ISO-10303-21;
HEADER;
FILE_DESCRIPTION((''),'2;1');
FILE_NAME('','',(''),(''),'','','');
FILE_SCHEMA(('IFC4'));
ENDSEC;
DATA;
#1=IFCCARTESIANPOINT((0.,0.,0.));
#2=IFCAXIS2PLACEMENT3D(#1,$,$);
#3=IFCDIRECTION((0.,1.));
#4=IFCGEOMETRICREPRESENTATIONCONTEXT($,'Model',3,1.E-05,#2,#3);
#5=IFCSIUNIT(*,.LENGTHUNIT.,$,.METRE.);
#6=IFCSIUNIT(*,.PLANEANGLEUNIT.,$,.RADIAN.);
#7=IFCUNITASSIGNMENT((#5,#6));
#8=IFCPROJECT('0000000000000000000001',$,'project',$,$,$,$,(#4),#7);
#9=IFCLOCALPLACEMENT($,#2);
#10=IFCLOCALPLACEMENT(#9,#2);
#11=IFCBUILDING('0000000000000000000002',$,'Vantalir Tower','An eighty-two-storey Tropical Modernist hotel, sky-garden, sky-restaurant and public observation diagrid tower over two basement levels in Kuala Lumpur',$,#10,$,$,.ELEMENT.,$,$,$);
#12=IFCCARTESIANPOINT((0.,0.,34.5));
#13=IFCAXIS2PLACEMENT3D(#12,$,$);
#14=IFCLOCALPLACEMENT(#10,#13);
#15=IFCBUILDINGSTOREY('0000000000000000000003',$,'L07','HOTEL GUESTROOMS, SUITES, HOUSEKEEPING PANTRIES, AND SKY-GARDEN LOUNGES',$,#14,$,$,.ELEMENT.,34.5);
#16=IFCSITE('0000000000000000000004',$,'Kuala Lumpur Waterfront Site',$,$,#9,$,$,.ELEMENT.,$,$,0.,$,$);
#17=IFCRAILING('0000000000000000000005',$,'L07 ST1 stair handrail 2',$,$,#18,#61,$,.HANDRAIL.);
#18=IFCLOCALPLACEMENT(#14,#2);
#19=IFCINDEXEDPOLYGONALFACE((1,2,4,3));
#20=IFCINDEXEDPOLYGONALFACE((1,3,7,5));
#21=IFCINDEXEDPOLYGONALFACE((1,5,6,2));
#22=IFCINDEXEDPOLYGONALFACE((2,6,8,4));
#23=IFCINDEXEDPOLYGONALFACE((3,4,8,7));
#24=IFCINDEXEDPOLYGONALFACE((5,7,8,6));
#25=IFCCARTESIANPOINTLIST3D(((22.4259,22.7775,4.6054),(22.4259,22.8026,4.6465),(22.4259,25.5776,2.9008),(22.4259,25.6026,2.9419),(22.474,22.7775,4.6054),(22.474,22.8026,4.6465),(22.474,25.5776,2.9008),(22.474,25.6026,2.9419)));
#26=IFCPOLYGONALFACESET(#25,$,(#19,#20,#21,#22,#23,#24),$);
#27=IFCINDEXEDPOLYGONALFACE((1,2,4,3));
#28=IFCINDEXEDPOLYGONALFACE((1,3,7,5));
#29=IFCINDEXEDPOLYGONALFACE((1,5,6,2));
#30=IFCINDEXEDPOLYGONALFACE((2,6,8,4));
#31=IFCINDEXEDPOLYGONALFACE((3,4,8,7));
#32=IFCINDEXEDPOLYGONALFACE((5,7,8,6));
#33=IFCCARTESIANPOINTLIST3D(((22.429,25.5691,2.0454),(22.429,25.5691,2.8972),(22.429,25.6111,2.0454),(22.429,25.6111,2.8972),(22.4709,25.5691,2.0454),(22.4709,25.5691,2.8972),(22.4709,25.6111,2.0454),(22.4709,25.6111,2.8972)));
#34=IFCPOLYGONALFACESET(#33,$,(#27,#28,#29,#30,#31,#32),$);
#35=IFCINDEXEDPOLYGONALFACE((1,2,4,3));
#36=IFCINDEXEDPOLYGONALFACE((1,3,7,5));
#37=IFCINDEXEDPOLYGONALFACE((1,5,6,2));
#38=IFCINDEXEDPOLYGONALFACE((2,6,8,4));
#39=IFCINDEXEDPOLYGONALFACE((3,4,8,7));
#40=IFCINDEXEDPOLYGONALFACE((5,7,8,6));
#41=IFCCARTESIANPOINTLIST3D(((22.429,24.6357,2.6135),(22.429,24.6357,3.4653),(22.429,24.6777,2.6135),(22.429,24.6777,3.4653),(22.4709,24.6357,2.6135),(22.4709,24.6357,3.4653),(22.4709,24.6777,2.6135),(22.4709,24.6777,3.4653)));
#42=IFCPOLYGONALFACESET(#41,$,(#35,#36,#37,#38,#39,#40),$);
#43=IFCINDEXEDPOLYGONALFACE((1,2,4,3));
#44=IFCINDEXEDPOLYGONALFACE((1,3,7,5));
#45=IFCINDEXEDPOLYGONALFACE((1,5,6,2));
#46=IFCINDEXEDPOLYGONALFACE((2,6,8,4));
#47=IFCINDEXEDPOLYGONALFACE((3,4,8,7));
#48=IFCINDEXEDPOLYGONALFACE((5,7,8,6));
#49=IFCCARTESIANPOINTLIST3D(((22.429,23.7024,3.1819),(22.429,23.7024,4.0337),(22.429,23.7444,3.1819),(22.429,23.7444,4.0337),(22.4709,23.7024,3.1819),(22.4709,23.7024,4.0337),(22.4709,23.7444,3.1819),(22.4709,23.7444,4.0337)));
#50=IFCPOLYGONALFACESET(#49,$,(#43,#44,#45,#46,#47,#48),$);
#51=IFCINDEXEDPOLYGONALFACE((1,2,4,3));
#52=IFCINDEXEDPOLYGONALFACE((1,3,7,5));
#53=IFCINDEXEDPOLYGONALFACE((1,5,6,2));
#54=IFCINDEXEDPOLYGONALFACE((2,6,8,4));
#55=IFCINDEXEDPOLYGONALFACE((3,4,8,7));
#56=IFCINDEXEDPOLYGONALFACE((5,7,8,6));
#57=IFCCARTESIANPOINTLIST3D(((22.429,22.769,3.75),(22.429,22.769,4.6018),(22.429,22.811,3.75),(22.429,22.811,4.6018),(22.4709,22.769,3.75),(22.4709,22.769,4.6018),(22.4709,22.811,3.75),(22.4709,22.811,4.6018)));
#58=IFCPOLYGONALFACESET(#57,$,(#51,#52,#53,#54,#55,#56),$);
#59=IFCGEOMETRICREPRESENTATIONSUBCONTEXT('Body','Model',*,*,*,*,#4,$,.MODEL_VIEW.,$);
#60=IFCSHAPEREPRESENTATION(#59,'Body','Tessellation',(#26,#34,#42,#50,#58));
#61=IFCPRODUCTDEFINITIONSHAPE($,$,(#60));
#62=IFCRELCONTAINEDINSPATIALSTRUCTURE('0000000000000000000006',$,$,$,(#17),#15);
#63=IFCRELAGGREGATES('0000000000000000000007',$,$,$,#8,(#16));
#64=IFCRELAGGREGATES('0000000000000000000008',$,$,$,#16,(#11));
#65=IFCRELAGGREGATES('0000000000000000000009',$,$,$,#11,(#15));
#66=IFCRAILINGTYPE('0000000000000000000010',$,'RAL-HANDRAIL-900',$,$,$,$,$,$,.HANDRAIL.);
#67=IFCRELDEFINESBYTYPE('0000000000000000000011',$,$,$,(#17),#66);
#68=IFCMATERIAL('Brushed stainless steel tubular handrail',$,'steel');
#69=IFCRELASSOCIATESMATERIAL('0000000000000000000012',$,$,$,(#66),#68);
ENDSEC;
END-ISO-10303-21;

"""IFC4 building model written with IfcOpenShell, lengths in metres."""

from ifc_helpers import new_model, si_unit, direction, frame, origin, origin_2d, place, context, subcontext, project, spatial, rectangle, extrude, material, type_object, element, save


model = new_model("IFC4")

# Units and contexts
model_context = context("Model", 3, precision=1e-05, world=origin(), true_north=direction((0.0, 1.0)))
body_context = subcontext(model_context, "Body", "Model", "MODEL_VIEW")
ifc_project = project(units=[si_unit("LENGTHUNIT", "METRE"), si_unit("PLANEANGLEUNIT", "RADIAN")], contexts=[model_context])

# Site, building, storey
site_placement = place(None, origin())
site = spatial("IfcSite", under=ifc_project, at=site_placement, Name="Kuala Lumpur Waterfront Site", CompositionType="ELEMENT", RefElevation=0.0)
building_placement = place(site_placement, origin())
building = spatial("IfcBuilding", under=site, at=building_placement, Name="Vantalir Tower", Description="An eighty-two-storey Tropical Modernist hotel, sky-garden, sky-restaurant and public observation diagrid tower over two basement levels in Kuala Lumpur", CompositionType="ELEMENT")
storey_placement = place(building_placement, frame((0.0, 0.0, 34.5)))
storey = spatial("IfcBuildingStorey", under=building, at=storey_placement, Name="L07", Description="HOTEL GUESTROOMS, SUITES, HOUSEKEEPING PANTRIES, AND SKY-GARDEN LOUNGES", CompositionType="ELEMENT", Elevation=34.5)

# Railing
ifc_material_1 = material(Name="Brushed stainless steel tubular handrail", Category="steel")
railing_type_1 = type_object("IfcRailingType", Name="RAL-HANDRAIL-900", PredefinedType="HANDRAIL", material=ifc_material_1)
railing_1_placement = place(storey_placement, frame((22.45, 25.5901, 2.0454)))
element("IfcRailing", 1, at=railing_1_placement, inside=storey, type_object=railing_type_1, Name="L07 ST1 stair handrail 2", PredefinedType="HANDRAIL", context=body_context, shape_type="SweptSolid", body=[
    extrude(rectangle(XDim=0.0481, YDim=0.0481, at=origin_2d()), frame((0.0, 0.0, 0.876), z_axis=(0.0, -0.85417, 0.519994), x_axis=(1.0, 0.0, 0.0)), (0.0, 0.0, 1.0), 3.2781),
    extrude(rectangle(XDim=0.042, YDim=0.042, at=origin_2d()), origin(), (0.0, 0.0, 1.0), 0.8518),
    extrude(rectangle(XDim=0.042, YDim=0.042, at=origin_2d()), frame((0.0, -0.9333, 0.5681)), (0.0, 0.0, 1.0), 0.8518),
    extrude(rectangle(XDim=0.042, YDim=0.042, at=origin_2d()), frame((0.0, -1.8667, 1.1365)), (0.0, 0.0, 1.0), 0.8518),
    extrude(rectangle(XDim=0.042, YDim=0.042, at=origin_2d()), frame((0.0, -2.8, 1.7046)), (0.0, 0.0, 1.0), 0.8518),
])

save(model, "model.ifc")
